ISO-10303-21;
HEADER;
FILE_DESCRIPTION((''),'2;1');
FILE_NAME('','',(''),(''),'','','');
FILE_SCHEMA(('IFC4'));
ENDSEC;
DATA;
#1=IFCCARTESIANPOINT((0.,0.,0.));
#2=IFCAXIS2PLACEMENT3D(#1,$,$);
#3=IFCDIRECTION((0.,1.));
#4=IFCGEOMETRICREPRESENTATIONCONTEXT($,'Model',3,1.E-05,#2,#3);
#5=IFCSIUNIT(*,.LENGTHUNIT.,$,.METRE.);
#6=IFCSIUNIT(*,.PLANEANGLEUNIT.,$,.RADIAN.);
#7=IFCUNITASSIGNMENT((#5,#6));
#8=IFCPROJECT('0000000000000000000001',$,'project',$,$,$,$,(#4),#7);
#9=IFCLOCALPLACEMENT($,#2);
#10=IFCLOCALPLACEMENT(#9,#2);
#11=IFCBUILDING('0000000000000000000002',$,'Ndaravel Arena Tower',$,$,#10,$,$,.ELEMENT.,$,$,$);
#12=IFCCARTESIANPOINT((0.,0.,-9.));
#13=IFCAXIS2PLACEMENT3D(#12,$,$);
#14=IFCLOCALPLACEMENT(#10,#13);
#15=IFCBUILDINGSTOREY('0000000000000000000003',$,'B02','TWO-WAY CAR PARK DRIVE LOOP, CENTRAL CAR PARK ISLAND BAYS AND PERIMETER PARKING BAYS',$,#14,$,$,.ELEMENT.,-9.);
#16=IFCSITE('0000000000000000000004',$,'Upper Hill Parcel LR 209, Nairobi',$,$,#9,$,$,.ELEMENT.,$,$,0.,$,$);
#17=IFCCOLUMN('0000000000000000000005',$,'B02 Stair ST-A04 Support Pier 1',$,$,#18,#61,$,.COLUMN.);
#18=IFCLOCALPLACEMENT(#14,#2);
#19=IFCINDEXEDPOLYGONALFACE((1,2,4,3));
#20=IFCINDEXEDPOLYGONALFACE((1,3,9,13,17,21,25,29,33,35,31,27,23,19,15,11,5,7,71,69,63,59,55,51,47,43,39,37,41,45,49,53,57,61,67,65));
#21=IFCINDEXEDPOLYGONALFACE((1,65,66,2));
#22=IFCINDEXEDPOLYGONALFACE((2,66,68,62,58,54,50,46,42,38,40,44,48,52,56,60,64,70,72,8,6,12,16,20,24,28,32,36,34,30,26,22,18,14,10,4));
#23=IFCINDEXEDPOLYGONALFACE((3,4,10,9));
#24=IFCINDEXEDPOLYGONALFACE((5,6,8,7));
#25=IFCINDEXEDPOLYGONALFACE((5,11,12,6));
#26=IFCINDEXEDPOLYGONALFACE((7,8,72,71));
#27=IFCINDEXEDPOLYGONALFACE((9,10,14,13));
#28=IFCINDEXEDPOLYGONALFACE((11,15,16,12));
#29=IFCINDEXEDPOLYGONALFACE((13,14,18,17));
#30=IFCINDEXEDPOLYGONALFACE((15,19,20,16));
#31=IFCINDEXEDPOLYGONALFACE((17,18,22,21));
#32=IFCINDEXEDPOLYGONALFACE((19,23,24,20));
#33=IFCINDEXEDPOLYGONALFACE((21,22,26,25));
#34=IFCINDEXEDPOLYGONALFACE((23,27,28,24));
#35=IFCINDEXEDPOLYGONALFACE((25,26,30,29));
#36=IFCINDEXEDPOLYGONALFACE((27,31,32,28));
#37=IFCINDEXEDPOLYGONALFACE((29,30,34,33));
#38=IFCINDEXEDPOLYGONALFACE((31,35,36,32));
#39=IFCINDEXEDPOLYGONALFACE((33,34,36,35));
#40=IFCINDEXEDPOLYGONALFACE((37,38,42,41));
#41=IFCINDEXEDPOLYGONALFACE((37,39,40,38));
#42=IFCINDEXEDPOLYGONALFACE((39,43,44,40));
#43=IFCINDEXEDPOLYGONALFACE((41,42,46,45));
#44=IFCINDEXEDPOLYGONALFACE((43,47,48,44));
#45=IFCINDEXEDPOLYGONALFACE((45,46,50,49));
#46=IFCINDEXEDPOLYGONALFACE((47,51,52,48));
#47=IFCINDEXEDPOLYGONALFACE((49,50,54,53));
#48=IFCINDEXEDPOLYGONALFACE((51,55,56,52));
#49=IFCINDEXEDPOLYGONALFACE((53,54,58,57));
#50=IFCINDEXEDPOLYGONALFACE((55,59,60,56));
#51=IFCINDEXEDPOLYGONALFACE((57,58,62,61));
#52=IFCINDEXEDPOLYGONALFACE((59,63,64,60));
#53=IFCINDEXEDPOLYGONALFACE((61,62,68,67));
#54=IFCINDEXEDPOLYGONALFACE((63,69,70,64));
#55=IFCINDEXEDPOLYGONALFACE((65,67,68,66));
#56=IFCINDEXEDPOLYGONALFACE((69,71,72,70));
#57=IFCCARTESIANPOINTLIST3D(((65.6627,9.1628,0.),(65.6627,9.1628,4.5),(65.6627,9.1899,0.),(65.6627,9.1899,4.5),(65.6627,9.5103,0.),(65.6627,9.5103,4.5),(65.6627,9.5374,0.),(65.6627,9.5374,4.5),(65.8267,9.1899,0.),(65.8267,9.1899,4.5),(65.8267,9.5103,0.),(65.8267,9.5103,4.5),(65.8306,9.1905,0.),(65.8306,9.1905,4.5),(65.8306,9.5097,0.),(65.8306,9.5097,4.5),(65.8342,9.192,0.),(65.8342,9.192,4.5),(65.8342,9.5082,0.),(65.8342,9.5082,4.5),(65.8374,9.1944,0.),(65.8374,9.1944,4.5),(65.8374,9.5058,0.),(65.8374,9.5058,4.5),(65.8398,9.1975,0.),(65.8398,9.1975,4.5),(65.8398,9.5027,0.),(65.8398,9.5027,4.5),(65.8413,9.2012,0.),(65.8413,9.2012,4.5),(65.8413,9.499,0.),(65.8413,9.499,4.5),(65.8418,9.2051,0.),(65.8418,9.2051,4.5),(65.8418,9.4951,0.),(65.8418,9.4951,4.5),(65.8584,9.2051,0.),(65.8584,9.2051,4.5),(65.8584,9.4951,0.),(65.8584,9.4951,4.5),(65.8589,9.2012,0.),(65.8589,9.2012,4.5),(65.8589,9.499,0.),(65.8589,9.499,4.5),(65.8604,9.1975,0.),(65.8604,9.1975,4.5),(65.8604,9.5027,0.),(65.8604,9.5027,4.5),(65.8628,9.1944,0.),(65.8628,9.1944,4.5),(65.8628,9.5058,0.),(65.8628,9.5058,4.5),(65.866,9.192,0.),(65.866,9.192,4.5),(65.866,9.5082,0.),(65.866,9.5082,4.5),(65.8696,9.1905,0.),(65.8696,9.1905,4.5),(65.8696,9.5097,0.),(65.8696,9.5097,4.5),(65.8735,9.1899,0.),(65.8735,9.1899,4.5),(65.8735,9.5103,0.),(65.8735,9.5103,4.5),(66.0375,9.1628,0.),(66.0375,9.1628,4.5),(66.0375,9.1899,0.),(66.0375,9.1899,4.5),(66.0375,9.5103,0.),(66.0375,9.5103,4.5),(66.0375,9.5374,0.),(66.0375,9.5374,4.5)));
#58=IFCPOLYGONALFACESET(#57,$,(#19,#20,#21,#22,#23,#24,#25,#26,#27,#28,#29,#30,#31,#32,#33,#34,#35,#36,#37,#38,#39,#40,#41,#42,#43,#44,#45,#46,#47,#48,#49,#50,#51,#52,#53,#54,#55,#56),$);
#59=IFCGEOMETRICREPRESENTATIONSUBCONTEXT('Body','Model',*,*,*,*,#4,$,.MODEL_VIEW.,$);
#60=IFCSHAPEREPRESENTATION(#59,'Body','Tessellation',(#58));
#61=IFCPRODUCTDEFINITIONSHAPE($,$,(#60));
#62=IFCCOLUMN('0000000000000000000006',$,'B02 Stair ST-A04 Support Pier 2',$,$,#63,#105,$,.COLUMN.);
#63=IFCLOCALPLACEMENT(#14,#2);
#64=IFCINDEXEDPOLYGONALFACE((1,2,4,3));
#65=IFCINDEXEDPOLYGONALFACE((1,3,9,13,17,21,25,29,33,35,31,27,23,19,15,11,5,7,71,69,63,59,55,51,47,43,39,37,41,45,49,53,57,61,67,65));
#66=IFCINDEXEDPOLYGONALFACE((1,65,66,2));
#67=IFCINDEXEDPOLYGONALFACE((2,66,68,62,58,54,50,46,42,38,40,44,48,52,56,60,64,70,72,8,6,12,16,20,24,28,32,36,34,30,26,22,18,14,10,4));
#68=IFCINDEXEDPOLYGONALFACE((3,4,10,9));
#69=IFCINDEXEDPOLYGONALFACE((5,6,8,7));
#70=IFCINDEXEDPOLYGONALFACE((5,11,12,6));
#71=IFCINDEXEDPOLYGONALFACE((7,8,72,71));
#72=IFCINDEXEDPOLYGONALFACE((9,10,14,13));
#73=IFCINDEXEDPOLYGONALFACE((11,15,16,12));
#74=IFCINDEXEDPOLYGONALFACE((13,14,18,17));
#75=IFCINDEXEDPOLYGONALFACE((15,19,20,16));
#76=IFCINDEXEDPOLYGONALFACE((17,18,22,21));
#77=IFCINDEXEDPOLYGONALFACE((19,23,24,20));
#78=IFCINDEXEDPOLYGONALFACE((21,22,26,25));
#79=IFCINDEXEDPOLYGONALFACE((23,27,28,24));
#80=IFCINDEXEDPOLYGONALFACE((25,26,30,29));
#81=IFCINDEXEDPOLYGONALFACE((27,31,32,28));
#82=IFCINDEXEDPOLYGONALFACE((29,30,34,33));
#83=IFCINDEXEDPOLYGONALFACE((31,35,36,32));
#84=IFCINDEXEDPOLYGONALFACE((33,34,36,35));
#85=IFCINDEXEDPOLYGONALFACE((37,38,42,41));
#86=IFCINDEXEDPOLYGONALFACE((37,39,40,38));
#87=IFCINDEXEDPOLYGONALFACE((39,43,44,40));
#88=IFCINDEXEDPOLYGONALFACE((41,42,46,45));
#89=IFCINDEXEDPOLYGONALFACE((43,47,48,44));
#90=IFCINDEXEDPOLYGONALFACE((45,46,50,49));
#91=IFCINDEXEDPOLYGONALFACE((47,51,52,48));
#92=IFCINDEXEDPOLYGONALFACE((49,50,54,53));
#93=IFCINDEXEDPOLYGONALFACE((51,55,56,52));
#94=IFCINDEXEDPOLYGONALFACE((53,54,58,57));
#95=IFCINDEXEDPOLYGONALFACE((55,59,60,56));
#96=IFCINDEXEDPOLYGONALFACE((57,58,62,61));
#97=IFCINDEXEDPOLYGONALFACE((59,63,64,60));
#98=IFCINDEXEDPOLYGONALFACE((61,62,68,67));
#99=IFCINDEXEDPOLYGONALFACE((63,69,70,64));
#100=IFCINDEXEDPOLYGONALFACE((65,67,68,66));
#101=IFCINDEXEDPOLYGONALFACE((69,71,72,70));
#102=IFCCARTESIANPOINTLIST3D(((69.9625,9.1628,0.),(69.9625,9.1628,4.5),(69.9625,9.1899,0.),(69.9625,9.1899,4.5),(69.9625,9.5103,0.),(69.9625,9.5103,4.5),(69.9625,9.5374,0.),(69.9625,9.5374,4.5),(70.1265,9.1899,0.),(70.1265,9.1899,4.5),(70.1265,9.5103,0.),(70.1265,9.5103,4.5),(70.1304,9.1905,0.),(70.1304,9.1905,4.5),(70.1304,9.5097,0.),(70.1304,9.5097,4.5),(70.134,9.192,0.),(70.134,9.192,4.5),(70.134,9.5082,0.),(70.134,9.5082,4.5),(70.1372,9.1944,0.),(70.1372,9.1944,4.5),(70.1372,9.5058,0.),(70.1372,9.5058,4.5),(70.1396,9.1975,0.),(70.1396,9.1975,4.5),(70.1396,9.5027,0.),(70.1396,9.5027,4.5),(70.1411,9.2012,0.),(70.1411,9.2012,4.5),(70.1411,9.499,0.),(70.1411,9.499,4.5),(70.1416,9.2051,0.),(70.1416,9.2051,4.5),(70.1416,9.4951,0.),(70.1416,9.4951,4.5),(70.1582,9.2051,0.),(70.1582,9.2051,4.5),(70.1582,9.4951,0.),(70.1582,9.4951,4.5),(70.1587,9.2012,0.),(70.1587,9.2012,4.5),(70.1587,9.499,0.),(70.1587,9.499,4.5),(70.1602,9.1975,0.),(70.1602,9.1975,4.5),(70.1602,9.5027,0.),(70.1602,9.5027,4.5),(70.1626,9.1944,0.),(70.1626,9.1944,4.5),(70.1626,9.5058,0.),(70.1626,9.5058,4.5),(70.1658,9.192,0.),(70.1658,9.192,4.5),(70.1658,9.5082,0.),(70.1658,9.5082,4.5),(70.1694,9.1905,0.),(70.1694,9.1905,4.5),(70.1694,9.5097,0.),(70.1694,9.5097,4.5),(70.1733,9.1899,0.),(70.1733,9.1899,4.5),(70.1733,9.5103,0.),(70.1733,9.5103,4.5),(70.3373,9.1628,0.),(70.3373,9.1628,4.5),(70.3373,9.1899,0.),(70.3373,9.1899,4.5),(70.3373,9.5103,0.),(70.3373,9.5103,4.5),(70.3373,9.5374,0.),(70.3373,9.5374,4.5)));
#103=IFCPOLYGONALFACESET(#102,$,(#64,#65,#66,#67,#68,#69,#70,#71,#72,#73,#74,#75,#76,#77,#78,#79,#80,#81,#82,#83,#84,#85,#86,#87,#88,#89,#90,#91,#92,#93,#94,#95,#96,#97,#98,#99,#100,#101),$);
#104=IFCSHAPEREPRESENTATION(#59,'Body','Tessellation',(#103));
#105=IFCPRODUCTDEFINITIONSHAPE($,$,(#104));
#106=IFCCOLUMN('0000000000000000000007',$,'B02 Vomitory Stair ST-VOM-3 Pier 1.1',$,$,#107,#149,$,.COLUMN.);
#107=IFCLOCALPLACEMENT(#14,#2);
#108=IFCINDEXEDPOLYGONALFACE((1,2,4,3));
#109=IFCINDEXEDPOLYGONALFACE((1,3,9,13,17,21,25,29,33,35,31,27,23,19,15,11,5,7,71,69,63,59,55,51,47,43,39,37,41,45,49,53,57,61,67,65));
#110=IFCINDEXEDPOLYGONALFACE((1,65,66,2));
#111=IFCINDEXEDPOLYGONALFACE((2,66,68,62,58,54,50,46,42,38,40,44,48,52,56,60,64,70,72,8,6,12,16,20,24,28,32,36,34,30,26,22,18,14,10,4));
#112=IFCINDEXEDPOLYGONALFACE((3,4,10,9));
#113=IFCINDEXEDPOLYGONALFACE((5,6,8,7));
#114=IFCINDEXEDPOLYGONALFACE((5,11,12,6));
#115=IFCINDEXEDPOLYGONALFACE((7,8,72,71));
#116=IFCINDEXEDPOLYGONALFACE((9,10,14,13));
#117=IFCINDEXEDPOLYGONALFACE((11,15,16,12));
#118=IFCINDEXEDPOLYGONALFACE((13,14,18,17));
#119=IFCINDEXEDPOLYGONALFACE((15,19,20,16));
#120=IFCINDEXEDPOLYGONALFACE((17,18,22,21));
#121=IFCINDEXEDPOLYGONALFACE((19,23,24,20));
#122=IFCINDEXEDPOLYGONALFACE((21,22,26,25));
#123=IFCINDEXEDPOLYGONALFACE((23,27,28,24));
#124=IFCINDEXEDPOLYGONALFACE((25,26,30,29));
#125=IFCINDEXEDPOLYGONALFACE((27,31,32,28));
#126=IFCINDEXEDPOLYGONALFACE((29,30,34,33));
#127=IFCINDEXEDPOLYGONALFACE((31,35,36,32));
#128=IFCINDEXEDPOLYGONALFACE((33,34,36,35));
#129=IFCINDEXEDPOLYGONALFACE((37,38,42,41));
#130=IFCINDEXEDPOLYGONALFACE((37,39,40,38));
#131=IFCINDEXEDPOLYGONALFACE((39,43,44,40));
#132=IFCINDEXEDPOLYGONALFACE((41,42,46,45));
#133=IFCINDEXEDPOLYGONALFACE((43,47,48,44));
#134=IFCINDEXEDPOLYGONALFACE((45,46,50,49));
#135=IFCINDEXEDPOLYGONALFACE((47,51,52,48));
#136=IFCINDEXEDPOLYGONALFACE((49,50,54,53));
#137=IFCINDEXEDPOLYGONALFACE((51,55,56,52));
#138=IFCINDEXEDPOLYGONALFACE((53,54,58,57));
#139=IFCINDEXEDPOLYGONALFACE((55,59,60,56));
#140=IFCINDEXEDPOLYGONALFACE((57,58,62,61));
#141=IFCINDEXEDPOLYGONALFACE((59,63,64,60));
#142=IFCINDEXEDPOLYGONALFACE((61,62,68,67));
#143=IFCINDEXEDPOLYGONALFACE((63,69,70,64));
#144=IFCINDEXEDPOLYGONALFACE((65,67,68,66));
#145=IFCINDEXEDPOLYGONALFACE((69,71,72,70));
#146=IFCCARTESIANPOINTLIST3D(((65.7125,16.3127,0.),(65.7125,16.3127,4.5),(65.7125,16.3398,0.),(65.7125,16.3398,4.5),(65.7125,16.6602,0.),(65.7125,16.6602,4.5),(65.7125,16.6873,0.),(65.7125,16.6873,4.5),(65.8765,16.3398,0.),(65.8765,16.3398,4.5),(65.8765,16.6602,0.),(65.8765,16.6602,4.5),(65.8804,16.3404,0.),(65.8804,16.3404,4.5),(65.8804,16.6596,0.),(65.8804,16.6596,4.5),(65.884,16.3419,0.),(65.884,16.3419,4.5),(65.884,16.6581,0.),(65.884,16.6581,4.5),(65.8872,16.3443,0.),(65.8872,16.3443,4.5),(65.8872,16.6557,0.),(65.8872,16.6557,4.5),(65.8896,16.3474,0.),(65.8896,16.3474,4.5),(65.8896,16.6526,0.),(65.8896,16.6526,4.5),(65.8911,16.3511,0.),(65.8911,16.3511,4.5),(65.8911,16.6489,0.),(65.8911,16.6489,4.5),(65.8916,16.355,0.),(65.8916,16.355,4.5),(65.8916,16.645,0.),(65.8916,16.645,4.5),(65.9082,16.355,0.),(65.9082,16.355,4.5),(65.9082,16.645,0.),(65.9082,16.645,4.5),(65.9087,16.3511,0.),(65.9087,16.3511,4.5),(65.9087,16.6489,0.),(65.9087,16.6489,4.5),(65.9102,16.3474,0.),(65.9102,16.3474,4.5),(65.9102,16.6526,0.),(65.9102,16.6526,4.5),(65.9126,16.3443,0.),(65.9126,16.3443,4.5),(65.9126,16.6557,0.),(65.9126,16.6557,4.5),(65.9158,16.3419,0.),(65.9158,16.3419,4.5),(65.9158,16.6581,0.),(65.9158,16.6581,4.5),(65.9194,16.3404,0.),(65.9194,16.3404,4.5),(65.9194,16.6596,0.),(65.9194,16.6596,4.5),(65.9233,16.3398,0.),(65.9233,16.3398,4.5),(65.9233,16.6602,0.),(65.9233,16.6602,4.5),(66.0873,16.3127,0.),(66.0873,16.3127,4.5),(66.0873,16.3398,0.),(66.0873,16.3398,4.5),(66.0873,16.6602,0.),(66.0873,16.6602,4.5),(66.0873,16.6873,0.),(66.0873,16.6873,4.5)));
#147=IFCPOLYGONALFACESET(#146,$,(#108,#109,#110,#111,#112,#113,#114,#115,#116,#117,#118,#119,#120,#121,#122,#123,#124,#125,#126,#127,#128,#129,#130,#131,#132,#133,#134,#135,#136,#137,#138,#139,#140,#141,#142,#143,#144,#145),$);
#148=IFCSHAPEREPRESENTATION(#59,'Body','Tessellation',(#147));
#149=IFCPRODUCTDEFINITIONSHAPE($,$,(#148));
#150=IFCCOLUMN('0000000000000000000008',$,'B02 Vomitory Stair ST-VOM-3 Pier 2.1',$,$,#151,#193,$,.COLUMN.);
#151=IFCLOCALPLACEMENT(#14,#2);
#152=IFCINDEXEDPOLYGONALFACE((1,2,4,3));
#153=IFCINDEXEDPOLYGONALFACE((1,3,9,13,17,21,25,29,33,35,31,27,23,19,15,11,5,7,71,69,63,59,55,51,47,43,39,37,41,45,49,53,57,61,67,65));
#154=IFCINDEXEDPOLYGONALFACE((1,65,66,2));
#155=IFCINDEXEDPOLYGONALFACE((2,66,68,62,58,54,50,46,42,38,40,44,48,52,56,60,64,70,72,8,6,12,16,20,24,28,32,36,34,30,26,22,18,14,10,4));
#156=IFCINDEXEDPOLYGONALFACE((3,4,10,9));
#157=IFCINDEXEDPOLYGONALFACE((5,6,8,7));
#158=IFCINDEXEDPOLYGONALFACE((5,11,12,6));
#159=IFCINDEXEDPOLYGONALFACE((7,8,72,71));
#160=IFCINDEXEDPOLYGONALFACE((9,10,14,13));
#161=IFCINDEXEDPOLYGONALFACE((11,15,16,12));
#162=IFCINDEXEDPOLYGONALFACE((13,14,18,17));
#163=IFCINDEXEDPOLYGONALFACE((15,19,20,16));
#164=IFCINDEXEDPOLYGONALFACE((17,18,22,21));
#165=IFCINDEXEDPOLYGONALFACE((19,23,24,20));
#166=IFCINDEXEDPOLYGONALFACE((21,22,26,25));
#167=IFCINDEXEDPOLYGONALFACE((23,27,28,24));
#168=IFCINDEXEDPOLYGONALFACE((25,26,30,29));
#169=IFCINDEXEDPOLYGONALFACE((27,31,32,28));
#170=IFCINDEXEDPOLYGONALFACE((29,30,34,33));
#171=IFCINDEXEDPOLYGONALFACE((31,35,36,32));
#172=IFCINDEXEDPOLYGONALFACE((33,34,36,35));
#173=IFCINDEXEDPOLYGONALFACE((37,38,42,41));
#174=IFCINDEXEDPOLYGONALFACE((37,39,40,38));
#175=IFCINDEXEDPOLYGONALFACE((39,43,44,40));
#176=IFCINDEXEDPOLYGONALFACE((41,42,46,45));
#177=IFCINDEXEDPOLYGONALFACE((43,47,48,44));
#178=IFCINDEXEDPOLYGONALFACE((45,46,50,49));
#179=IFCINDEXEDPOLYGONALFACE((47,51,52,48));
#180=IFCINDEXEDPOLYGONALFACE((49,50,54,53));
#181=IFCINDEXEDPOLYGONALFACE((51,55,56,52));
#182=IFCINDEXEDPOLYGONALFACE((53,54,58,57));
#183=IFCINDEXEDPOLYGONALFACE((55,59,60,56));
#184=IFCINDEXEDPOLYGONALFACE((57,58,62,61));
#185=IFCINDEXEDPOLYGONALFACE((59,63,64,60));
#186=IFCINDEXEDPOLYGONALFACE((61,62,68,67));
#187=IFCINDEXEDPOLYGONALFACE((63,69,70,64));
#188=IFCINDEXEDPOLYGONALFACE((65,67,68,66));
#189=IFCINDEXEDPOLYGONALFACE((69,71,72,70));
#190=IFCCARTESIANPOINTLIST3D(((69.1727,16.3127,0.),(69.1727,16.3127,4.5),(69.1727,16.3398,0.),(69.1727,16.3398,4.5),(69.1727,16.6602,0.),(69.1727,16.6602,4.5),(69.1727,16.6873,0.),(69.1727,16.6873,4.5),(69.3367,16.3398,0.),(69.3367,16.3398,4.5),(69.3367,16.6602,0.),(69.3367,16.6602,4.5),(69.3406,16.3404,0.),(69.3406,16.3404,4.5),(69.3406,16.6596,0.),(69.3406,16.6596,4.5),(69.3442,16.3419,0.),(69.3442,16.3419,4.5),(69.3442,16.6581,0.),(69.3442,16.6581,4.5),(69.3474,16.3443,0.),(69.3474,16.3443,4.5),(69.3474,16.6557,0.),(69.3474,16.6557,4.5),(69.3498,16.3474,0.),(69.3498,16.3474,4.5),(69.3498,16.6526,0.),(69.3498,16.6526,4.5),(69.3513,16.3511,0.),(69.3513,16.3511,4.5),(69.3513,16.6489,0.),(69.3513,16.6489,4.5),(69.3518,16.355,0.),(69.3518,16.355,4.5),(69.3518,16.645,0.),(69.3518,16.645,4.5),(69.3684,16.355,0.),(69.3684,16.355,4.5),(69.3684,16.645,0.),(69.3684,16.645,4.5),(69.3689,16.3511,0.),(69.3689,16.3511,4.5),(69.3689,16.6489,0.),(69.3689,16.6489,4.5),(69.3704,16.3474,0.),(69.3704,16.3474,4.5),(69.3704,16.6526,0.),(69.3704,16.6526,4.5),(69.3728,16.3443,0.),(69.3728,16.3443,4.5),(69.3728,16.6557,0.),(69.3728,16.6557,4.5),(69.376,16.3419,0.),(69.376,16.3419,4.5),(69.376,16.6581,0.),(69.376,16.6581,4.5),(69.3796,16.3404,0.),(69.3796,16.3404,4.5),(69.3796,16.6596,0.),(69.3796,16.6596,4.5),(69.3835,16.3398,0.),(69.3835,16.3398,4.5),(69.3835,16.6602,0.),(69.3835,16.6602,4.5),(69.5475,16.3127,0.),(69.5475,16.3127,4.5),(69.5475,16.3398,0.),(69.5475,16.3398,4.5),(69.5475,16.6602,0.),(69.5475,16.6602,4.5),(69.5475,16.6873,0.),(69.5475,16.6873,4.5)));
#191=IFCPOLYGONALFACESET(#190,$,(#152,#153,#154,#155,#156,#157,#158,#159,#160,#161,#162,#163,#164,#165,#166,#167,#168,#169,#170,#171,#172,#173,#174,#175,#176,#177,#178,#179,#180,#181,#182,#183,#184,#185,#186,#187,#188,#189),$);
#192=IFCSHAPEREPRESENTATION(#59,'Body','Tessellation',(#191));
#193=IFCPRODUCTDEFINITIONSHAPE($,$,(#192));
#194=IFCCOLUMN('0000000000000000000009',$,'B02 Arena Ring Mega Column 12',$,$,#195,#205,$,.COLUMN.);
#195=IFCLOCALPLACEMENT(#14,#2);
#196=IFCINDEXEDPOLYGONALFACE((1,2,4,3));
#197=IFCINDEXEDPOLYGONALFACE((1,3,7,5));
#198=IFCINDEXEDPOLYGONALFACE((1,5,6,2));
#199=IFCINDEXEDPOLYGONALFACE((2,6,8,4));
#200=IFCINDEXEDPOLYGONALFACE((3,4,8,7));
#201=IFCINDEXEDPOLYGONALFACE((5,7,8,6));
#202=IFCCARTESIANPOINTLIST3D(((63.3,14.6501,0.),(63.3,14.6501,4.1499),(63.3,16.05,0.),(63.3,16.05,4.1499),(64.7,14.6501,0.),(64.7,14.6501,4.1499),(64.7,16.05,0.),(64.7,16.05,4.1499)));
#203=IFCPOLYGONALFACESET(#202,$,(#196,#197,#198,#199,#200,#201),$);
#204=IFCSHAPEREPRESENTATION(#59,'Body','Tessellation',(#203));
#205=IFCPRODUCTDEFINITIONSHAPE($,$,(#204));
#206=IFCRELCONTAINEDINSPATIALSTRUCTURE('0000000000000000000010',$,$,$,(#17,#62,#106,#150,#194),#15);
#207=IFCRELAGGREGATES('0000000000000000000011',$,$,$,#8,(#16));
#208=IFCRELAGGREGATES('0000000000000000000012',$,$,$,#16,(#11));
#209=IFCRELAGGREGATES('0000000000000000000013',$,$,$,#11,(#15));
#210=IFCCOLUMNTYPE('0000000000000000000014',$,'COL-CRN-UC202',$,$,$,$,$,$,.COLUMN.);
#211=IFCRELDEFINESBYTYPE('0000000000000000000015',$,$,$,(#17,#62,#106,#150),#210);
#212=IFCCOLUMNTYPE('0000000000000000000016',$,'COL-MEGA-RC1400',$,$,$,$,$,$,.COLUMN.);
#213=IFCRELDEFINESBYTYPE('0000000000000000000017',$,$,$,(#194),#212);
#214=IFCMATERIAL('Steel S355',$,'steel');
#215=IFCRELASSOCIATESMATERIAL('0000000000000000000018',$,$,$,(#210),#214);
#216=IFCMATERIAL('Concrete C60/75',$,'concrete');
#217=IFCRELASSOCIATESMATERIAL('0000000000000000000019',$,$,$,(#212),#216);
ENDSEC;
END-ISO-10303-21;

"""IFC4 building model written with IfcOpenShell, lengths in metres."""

from ifc_helpers import new_model, si_unit, direction, frame, origin, origin_2d, place, context, subcontext, project, spatial, rectangle, i_section, extrude, material, material_profile, profile_set, type_object, element, save


model = new_model("IFC4")

# Units and contexts
model_context = context("Model", 3, precision=1e-05, world=origin(), true_north=direction((0.0, 1.0)))
body_context = subcontext(model_context, "Body", "Model", "MODEL_VIEW")
ifc_project = project(units=[si_unit("LENGTHUNIT", "METRE"), si_unit("PLANEANGLEUNIT", "RADIAN")], contexts=[model_context])

# Site, building, storey
site_placement = place(None, origin())
site = spatial("IfcSite", under=ifc_project, at=site_placement, Name="Upper Hill Parcel LR 209, Nairobi", CompositionType="ELEMENT", RefElevation=0.0)
building_placement = place(site_placement, origin())
building = spatial("IfcBuilding", under=site, at=building_placement, Name="Ndaravel Arena Tower", CompositionType="ELEMENT")
storey_placement = place(building_placement, frame((0.0, 0.0, -9.0)))
storey = spatial("IfcBuildingStorey", under=building, at=storey_placement, Name="B02", Description="TWO-WAY CAR PARK DRIVE LOOP, CENTRAL CAR PARK ISLAND BAYS AND PERIMETER PARKING BAYS", CompositionType="ELEMENT", Elevation=-9.0)

# Columns
ifc_material_1 = material(Name="Steel S355", Category="steel")
ifc_material_profile_1 = material_profile(ifc_material_1, i_section(OverallWidth=0.3748, OverallDepth=0.3745, WebThickness=0.0166, FlangeThickness=0.0271, FilletRadius=0.0151, at=origin_2d()), Name="UC 356x368x202")
ifc_profile_set_1 = profile_set([ifc_material_profile_1], Name="Steel S355")
column_type_1 = type_object("IfcColumnType", Name="COL-CRN-UC202", PredefinedType="COLUMN", material=ifc_profile_set_1)
for number, where, z_axis, x_axis, name in (
    (1, (65.8501, 9.3501, 0.0), (0.0, 0.0, 1.0), (1.0, 0.0, 0.0), "B02 Stair ST-A04 Support Pier 1"),
    (2, (70.1499, 9.3501, 0.0), (0.0, 0.0, 1.0), (1.0, 0.0, 0.0), "B02 Stair ST-A04 Support Pier 2"),
    (3, (65.8999, 16.5, 0.0), (0.0, 0.0, 1.0), (1.0, 0.0, 0.0), "B02 Vomitory Stair ST-VOM-3 Pier 1.1"),
    (4, (69.3601, 16.5, 0.0), (0.0, 0.0, 1.0), (1.0, 0.0, 0.0), "B02 Vomitory Stair ST-VOM-3 Pier 2.1"),
):
    element("IfcColumn", number, at=place(storey_placement, frame(where, z_axis=z_axis, x_axis=x_axis)), inside=storey, type_object=column_type_1, Name=name, PredefinedType="COLUMN", context=body_context, shape_type="SweptSolid", body=[
        extrude(i_section(OverallWidth=0.3748, OverallDepth=0.3745, WebThickness=0.0166, FlangeThickness=0.0271, FilletRadius=0.0151, at=origin_2d()), origin(), (0.0, 0.0, 1.0), 4.5),
    ])
ifc_material_2 = material(Name="Concrete C60/75", Category="concrete")
ifc_material_profile_2 = material_profile(ifc_material_2, rectangle(XDim=1.3999, YDim=1.3999, at=origin_2d()), Name="RC 1400x1400")
ifc_profile_set_2 = profile_set([ifc_material_profile_2], Name="Concrete C60/75")
column_type_2 = type_object("IfcColumnType", Name="COL-MEGA-RC1400", PredefinedType="COLUMN", material=ifc_profile_set_2)
column_placement = place(storey_placement, frame((64.0, 15.3501, 0.0), z_axis=(0.0, 0.0, 1.0), x_axis=(1.0, 0.0, 0.0)))
element("IfcColumn", 5, at=column_placement, inside=storey, type_object=column_type_2, Name="B02 Arena Ring Mega Column 12", PredefinedType="COLUMN", context=body_context, shape_type="SweptSolid", body=[
    extrude(rectangle(XDim=1.3999, YDim=1.3999, at=origin_2d()), origin(), (0.0, 0.0, 1.0), 4.1499),
])

save(model, "model.ifc")
